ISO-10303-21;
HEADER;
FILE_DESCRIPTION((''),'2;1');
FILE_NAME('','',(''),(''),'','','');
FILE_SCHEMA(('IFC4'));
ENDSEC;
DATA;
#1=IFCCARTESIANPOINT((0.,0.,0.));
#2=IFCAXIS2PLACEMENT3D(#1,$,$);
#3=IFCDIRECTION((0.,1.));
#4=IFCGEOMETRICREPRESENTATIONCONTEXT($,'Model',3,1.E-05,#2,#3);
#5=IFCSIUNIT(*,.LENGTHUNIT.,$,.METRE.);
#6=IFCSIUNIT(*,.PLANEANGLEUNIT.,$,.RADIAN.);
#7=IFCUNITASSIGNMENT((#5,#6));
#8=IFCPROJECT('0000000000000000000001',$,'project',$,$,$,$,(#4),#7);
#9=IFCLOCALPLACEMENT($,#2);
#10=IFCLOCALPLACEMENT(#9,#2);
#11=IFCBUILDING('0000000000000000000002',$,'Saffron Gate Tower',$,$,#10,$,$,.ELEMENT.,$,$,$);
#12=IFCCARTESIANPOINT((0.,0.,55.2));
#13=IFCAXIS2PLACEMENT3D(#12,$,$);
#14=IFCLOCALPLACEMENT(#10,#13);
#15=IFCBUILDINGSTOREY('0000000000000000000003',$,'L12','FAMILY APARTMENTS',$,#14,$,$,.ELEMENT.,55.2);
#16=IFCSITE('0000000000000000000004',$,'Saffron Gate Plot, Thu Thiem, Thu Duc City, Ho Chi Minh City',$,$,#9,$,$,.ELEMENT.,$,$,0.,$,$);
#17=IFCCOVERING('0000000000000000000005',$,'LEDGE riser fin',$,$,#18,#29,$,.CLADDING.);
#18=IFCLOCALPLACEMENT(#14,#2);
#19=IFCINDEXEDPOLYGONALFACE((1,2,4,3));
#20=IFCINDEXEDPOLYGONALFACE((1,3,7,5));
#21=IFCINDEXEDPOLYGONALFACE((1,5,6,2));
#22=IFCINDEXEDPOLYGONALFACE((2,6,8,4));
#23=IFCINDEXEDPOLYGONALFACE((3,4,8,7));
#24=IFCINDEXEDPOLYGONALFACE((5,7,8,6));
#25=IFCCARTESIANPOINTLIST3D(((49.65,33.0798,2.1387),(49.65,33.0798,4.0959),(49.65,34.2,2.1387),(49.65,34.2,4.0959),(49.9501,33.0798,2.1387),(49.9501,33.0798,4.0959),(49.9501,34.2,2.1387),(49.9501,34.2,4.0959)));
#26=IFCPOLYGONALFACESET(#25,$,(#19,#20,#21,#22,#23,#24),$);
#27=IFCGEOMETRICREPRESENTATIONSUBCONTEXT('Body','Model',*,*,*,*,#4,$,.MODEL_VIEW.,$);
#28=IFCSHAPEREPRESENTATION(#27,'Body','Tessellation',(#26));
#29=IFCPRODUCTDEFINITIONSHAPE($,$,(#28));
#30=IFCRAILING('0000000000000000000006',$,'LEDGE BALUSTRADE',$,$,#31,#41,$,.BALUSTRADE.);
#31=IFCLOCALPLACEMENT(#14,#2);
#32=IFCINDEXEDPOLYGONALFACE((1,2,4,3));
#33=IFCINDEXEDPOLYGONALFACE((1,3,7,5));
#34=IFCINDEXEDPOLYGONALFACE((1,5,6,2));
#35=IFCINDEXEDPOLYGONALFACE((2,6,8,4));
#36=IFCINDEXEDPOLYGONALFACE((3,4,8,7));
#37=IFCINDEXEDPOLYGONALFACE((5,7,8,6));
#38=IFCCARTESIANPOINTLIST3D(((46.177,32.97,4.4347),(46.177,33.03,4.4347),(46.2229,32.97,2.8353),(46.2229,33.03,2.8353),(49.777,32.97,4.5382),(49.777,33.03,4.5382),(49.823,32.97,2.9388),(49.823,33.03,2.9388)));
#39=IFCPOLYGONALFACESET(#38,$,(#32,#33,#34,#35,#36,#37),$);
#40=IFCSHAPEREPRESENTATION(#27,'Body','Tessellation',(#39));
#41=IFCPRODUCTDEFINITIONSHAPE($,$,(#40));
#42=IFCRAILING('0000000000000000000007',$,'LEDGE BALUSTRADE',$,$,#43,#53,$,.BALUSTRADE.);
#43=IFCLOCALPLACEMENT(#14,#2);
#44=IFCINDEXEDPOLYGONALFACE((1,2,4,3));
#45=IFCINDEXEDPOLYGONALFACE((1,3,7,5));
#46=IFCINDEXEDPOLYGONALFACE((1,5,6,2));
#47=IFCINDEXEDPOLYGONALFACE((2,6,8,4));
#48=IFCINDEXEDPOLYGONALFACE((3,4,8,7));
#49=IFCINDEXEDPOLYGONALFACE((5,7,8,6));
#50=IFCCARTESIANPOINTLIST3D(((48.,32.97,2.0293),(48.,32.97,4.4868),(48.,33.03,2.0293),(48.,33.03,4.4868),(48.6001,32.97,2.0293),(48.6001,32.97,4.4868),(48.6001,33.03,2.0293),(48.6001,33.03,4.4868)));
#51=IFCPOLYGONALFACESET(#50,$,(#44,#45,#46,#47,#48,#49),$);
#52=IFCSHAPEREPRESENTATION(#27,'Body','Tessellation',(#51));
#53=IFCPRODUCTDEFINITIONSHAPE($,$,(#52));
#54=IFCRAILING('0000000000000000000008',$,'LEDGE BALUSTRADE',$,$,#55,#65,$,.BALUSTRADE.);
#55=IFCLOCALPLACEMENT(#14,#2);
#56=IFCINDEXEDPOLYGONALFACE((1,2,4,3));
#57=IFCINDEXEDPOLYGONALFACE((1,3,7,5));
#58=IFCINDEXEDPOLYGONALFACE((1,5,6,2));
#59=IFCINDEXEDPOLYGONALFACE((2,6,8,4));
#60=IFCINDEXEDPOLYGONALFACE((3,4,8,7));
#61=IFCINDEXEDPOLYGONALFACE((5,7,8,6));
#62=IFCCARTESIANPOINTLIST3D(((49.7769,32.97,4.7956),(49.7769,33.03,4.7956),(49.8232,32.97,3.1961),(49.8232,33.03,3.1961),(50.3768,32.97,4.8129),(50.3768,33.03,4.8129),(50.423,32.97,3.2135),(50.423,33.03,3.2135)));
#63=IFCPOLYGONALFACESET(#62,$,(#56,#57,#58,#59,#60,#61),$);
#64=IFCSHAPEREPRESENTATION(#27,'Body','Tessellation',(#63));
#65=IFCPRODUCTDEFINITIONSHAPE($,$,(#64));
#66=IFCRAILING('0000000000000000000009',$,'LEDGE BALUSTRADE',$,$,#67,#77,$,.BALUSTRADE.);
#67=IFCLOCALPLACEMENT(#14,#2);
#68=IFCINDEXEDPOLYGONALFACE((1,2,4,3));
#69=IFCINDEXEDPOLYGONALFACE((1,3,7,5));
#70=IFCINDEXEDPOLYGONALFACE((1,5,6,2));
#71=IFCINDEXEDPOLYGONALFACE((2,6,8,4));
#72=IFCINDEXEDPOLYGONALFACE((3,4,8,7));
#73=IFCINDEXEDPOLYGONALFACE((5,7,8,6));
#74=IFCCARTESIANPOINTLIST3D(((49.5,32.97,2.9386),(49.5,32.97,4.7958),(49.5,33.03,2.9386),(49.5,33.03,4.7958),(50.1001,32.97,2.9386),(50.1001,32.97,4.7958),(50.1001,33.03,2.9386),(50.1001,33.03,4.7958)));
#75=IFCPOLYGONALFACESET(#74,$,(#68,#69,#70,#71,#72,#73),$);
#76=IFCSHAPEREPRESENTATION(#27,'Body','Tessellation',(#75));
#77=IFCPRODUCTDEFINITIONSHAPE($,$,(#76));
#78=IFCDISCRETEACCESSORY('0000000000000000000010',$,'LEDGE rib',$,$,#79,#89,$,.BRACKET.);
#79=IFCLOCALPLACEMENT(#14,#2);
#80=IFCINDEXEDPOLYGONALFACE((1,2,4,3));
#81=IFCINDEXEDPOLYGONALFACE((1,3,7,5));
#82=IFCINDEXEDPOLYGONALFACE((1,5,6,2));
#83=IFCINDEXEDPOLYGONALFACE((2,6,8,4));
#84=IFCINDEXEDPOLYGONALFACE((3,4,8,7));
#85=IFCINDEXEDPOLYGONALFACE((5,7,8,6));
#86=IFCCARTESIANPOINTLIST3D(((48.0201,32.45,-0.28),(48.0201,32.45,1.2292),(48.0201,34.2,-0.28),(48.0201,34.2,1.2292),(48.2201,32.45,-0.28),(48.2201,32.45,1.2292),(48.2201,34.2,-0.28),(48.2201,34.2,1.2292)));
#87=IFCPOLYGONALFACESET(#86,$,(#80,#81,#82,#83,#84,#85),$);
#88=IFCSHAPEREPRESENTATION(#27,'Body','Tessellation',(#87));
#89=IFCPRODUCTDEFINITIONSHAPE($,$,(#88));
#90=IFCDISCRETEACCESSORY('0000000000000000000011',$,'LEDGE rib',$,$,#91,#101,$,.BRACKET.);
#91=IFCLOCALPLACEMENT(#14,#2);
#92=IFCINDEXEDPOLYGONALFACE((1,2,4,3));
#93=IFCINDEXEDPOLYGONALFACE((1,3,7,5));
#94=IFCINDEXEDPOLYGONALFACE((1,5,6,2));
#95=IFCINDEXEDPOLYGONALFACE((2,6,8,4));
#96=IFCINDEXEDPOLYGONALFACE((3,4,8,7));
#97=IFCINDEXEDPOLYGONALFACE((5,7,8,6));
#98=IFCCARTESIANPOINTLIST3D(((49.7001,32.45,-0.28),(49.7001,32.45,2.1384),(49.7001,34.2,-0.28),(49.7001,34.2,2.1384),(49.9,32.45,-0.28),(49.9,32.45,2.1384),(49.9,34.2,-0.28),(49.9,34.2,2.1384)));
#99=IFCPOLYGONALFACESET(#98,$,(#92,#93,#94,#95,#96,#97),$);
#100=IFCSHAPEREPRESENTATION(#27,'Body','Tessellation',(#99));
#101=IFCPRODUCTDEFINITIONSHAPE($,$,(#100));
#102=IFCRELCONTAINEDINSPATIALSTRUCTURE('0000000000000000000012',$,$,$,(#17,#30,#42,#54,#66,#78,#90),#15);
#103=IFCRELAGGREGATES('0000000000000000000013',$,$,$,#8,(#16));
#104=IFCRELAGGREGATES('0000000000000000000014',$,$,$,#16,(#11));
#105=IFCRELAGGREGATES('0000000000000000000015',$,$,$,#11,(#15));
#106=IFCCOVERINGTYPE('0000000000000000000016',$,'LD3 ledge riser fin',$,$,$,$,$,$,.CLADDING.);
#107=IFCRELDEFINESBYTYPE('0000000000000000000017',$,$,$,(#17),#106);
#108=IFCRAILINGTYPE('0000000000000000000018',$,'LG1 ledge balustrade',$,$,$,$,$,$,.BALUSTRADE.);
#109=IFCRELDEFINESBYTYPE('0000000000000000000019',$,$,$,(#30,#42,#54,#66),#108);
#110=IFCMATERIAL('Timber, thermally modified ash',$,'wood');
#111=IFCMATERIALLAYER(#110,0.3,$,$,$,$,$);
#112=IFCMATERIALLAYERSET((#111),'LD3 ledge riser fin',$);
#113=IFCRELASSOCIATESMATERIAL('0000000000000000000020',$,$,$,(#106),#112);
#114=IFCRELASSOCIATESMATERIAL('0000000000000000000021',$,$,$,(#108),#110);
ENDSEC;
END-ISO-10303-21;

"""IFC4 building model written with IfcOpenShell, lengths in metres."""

from ifc_helpers import new_model, si_unit, direction, frame, origin, origin_2d, place, context, subcontext, project, spatial, rectangle, extrude, material, layer, layer_set, type_object, element, save


model = new_model("IFC4")

# Units and contexts
model_context = context("Model", 3, precision=1e-05, world=origin(), true_north=direction((0.0, 1.0)))
body_context = subcontext(model_context, "Body", "Model", "MODEL_VIEW")
ifc_project = project(units=[si_unit("LENGTHUNIT", "METRE"), si_unit("PLANEANGLEUNIT", "RADIAN")], contexts=[model_context])

# Site, building, storey
site_placement = place(None, origin())
site = spatial("IfcSite", under=ifc_project, at=site_placement, Name="Saffron Gate Plot, Thu Thiem, Thu Duc City, Ho Chi Minh City", CompositionType="ELEMENT", RefElevation=0.0)
building_placement = place(site_placement, origin())
building = spatial("IfcBuilding", under=site, at=building_placement, Name="Saffron Gate Tower", CompositionType="ELEMENT")
storey_placement = place(building_placement, frame((0.0, 0.0, 55.2)))
storey = spatial("IfcBuildingStorey", under=building, at=storey_placement, Name="L12", Description="FAMILY APARTMENTS", CompositionType="ELEMENT", Elevation=55.2)

# Covering
ifc_material_1 = material(Name="Timber, thermally modified ash", Category="wood")
ifc_layer_1 = layer(ifc_material_1, 0.3)
ifc_layer_set_1 = layer_set([ifc_layer_1], Name="LD3 ledge riser fin")
covering_type_1 = type_object("IfcCoveringType", Name="LD3 ledge riser fin", PredefinedType="CLADDING", material=ifc_layer_set_1)
covering_1_placement = place(storey_placement, frame((49.8, 33.6399, 2.1387), z_axis=(0.0, 0.0, 1.0), x_axis=(1.0, 0.0, 0.0)))
element("IfcCovering", 1, at=covering_1_placement, inside=storey, type_object=covering_type_1, Name="LEDGE riser fin", PredefinedType="CLADDING", context=body_context, shape_type="SweptSolid", body=[
    extrude(rectangle(XDim=0.3, YDim=1.1201, at=origin_2d()), origin(), (0.0, 0.0, 1.0), 1.9573),
])

# Railings
railing_type = type_object("IfcRailingType", Name="LG1 ledge balustrade", PredefinedType="BALUSTRADE", material=ifc_material_1)
railing_1_placement = place(storey_placement, frame((46.2, 33.0, 2.835)))
element("IfcRailing", 2, at=railing_1_placement, inside=storey, type_object=railing_type, Name="LEDGE BALUSTRADE", PredefinedType="BALUSTRADE", context=body_context, shape_type="SweptSolid", body=[
    extrude(rectangle(XDim=0.0601, YDim=1.6001, at=origin_2d()), frame((0.0, 0.0, 0.8), z_axis=(0.999587, 0.0, 0.028742), x_axis=(0.0, 1.0, 0.0)), (0.0, 0.0, 1.0), 3.6016),
])
railing_2_placement = place(storey_placement, frame((48.0, 33.0, 2.0293)))
element("IfcRailing", 3, at=railing_2_placement, inside=storey, type_object=railing_type, Name="LEDGE BALUSTRADE", PredefinedType="BALUSTRADE", context=body_context, shape_type="SweptSolid", body=[
    extrude(rectangle(XDim=0.0601, YDim=2.4575, at=origin_2d()), frame((0.0, 0.0, 1.2288), z_axis=(1.0, 0.0, 0.0), x_axis=(0.0, 1.0, 0.0)), (0.0, 0.0, 1.0), 0.6001),
])
railing_3_placement = place(storey_placement, frame((49.8, 33.0, 3.1958)))
element("IfcRailing", 4, at=railing_3_placement, inside=storey, type_object=railing_type, Name="LEDGE BALUSTRADE", PredefinedType="BALUSTRADE", context=body_context, shape_type="SweptSolid", body=[
    extrude(rectangle(XDim=0.0601, YDim=1.6001, at=origin_2d()), frame((0.0, 0.0, 0.8), z_axis=(0.999583, 0.0, 0.028885), x_axis=(0.0, 1.0, 0.0)), (0.0, 0.0, 1.0), 0.6001),
])
railing_4_placement = place(storey_placement, frame((49.5, 33.0, 2.9385)))
element("IfcRailing", 5, at=railing_4_placement, inside=storey, type_object=railing_type, Name="LEDGE BALUSTRADE", PredefinedType="BALUSTRADE", context=body_context, shape_type="SweptSolid", body=[
    extrude(rectangle(XDim=0.0601, YDim=1.8572, at=origin_2d()), frame((0.0, 0.0, 0.9287), z_axis=(1.0, 0.0, 0.0), x_axis=(0.0, 1.0, 0.0)), (0.0, 0.0, 1.0), 0.6001),
])

# Discrete accessories
discrete_accessory_1_placement = place(storey_placement, frame((48.1201, 33.325, -0.28), z_axis=(0.0, 0.0, 1.0), x_axis=(1.0, 0.0, 0.0)))
element("IfcDiscreteAccessory", 6, at=discrete_accessory_1_placement, inside=storey, Name="LEDGE rib", PredefinedType="BRACKET", context=body_context, shape_type="SweptSolid", body=[
    extrude(rectangle(XDim=0.2, YDim=1.75, at=origin_2d()), origin(), (0.0, 0.0, 1.0), 1.5093),
])
discrete_accessory_2_placement = place(storey_placement, frame((49.8, 33.325, -0.28), z_axis=(0.0, 0.0, 1.0), x_axis=(1.0, 0.0, 0.0)))
element("IfcDiscreteAccessory", 7, at=discrete_accessory_2_placement, inside=storey, Name="LEDGE rib", PredefinedType="BRACKET", context=body_context, shape_type="SweptSolid", body=[
    extrude(rectangle(XDim=0.2, YDim=1.75, at=origin_2d()), origin(), (0.0, 0.0, 1.0), 2.4185),
])

save(model, "model.ifc")
